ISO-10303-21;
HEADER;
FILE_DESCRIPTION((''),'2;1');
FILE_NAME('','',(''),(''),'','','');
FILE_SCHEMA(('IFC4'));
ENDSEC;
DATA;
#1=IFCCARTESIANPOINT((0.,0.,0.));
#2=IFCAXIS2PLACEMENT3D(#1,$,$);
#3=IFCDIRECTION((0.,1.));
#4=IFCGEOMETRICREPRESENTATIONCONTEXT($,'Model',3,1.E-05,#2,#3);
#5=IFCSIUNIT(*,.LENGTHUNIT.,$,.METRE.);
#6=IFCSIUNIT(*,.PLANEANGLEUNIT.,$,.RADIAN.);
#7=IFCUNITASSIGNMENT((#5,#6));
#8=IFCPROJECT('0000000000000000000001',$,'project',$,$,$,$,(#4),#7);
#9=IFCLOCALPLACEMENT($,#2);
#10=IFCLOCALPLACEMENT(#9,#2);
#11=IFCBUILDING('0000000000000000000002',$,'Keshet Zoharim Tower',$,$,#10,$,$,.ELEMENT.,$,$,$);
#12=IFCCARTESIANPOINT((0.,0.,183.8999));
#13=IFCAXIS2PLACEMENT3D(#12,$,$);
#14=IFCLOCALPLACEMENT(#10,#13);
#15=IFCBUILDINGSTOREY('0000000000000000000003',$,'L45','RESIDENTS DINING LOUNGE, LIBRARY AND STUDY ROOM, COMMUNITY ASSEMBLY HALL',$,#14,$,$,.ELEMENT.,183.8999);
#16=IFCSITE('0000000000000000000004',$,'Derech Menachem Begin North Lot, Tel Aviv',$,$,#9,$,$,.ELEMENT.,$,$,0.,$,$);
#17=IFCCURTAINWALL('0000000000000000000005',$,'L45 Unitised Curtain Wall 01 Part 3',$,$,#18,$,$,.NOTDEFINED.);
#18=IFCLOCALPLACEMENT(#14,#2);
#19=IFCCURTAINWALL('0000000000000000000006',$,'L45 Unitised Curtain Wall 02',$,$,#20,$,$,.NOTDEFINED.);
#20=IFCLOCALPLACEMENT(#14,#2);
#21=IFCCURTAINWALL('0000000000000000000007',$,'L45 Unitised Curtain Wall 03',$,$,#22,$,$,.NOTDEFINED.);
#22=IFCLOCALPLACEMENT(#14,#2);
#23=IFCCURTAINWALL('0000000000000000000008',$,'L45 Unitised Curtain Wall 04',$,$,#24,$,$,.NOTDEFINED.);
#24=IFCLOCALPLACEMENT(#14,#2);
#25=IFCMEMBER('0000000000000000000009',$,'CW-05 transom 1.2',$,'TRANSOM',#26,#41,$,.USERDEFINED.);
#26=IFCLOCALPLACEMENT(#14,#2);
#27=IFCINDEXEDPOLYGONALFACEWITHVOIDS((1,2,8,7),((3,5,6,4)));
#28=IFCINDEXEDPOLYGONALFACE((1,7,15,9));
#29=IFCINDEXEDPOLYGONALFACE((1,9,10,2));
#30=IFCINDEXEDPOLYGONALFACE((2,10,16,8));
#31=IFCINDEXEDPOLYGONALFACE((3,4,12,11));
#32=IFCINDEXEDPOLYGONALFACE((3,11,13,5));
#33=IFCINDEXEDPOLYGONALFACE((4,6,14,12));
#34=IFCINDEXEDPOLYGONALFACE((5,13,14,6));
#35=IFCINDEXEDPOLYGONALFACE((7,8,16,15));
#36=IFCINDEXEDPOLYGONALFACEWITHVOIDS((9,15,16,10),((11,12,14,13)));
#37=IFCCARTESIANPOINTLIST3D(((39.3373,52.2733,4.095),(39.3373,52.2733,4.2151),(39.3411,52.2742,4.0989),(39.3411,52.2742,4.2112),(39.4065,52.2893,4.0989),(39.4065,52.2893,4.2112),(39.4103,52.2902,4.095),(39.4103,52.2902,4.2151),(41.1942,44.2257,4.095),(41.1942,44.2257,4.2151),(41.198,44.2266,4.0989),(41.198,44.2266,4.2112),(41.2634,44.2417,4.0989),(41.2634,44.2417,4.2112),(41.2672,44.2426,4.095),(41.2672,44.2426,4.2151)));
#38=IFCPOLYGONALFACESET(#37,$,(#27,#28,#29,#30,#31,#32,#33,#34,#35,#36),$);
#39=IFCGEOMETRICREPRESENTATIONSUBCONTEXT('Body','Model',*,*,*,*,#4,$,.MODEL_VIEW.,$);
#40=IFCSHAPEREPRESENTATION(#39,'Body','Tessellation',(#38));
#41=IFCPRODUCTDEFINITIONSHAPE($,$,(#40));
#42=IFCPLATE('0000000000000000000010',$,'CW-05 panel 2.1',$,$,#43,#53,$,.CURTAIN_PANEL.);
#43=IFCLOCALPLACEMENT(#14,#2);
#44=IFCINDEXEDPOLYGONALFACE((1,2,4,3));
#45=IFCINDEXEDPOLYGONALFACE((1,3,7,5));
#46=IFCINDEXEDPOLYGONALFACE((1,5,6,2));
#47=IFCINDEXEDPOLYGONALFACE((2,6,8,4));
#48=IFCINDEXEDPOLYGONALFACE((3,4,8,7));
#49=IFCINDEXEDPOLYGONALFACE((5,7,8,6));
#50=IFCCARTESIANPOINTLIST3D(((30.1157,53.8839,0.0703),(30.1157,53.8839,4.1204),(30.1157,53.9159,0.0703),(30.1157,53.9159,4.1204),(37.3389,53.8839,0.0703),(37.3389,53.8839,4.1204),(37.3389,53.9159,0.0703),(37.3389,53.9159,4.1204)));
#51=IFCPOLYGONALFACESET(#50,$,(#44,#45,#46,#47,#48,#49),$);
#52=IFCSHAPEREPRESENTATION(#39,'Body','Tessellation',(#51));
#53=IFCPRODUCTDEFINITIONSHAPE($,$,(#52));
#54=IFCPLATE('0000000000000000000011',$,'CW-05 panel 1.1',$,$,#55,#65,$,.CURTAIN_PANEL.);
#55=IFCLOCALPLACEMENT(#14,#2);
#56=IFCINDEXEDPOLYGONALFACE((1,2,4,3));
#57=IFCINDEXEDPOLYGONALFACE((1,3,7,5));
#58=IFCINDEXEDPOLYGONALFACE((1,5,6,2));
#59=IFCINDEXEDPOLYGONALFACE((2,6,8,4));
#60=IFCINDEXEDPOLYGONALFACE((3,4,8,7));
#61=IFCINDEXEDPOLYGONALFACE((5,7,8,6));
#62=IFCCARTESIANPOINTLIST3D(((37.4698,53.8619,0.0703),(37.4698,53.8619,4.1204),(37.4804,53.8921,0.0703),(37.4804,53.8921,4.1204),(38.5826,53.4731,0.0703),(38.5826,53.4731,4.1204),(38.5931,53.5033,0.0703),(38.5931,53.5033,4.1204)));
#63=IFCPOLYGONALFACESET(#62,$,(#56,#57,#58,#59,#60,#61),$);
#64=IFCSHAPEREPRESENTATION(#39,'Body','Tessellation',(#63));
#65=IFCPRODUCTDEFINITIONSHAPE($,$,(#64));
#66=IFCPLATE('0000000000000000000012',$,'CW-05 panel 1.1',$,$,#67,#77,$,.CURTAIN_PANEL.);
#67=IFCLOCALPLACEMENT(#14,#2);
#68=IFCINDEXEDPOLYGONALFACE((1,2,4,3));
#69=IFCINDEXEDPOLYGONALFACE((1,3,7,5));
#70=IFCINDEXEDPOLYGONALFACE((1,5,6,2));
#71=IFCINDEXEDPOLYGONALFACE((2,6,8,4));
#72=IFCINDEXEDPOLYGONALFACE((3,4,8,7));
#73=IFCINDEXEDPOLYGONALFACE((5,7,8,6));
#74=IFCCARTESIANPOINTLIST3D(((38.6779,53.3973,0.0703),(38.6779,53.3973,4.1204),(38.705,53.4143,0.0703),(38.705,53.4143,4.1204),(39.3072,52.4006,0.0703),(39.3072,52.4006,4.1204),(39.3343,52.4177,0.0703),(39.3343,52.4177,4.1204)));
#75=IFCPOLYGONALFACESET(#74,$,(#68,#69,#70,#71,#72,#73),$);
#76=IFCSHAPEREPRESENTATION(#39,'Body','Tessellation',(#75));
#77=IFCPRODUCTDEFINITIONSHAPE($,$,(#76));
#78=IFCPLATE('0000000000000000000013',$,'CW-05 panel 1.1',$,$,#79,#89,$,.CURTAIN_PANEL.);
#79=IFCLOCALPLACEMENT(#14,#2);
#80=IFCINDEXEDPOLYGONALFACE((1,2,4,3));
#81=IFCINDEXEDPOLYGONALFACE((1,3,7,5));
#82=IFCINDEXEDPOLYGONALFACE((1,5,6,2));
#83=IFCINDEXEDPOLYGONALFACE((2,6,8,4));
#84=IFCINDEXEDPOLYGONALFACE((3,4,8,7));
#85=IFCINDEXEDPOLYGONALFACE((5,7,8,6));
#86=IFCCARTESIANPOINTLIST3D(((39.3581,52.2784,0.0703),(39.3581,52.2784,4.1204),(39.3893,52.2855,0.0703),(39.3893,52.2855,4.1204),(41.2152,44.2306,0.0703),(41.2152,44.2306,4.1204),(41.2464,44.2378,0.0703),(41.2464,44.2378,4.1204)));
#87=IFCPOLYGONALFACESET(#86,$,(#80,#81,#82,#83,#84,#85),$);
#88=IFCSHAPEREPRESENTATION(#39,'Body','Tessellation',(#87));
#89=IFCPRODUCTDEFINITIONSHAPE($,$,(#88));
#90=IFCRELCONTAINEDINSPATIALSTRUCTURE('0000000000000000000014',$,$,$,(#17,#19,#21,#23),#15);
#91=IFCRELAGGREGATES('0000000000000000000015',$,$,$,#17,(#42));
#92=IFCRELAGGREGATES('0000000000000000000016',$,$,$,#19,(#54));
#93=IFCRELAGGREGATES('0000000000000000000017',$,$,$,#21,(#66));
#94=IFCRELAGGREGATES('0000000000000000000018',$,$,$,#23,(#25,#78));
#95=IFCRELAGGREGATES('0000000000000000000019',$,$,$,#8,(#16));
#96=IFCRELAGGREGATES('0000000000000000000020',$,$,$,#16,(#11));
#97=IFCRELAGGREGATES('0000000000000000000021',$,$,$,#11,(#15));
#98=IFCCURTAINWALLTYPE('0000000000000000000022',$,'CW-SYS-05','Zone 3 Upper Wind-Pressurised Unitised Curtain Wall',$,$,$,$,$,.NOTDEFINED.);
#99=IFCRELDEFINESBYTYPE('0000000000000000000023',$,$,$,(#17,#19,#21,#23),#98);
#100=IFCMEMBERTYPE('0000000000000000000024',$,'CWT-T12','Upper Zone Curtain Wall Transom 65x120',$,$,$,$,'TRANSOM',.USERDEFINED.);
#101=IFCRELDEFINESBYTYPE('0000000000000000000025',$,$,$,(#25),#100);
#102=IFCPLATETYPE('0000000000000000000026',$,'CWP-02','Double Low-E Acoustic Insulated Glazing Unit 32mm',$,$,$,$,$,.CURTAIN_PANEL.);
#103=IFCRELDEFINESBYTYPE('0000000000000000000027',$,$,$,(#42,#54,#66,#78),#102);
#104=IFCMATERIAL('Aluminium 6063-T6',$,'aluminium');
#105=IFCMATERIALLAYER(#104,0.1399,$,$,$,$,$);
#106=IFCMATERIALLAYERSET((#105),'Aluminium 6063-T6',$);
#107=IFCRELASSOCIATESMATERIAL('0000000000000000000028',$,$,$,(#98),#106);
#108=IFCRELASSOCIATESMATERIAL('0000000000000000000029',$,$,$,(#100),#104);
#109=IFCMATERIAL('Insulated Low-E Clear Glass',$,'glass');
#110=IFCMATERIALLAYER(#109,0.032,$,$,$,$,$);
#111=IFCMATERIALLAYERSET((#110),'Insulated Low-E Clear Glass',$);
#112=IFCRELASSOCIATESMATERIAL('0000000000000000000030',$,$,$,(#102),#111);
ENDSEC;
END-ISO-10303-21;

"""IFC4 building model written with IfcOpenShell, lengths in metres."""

from ifc_helpers import new_model, si_unit, direction, frame, origin, origin_2d, place, context, subcontext, project, spatial, rectangle, hollow_rectangle, extrude, material, layer, layer_set, material_profile, profile_set, type_object, element, aggregate, save


model = new_model("IFC4")

# Units and contexts
model_context = context("Model", 3, precision=1e-05, world=origin(), true_north=direction((0.0, 1.0)))
body_context = subcontext(model_context, "Body", "Model", "MODEL_VIEW")
ifc_project = project(units=[si_unit("LENGTHUNIT", "METRE"), si_unit("PLANEANGLEUNIT", "RADIAN")], contexts=[model_context])

# Site, building, storey
site_placement = place(None, origin())
site = spatial("IfcSite", under=ifc_project, at=site_placement, Name="Derech Menachem Begin North Lot, Tel Aviv", CompositionType="ELEMENT", RefElevation=0.0)
building_placement = place(site_placement, origin())
building = spatial("IfcBuilding", under=site, at=building_placement, Name="Keshet Zoharim Tower", CompositionType="ELEMENT")
storey_placement = place(building_placement, frame((0.0, 0.0, 183.8999)))
storey = spatial("IfcBuildingStorey", under=building, at=storey_placement, Name="L45", Description="RESIDENTS DINING LOUNGE, LIBRARY AND STUDY ROOM, COMMUNITY ASSEMBLY HALL", CompositionType="ELEMENT", Elevation=183.8999)

# Curtain walls
ifc_material_1 = material(Name="Aluminium 6063-T6", Category="aluminium")
ifc_layer_1 = layer(ifc_material_1, 0.1399)
ifc_layer_set_1 = layer_set([ifc_layer_1], Name="Aluminium 6063-T6")
curtain_wall_type = type_object("IfcCurtainWallType", Name="CW-SYS-05", Description="Zone 3 Upper Wind-Pressurised Unitised Curtain Wall", PredefinedType="NOTDEFINED", material=ifc_layer_set_1)
curtain_wall_1_placement = place(storey_placement, origin())
curtain_wall_1 = element("IfcCurtainWall", 1, at=curtain_wall_1_placement, inside=storey, type_object=curtain_wall_type, Name="L45 Unitised Curtain Wall 01 Part 3", PredefinedType="NOTDEFINED")
curtain_wall_2_placement = place(storey_placement, origin())
curtain_wall_2 = element("IfcCurtainWall", 2, at=curtain_wall_2_placement, inside=storey, type_object=curtain_wall_type, Name="L45 Unitised Curtain Wall 02", PredefinedType="NOTDEFINED")
curtain_wall_3_placement = place(storey_placement, origin())
curtain_wall_3 = element("IfcCurtainWall", 3, at=curtain_wall_3_placement, inside=storey, type_object=curtain_wall_type, Name="L45 Unitised Curtain Wall 03", PredefinedType="NOTDEFINED")

# Curtain wall
curtain_wall_4_placement = place(storey_placement, origin())
curtain_wall_4 = element("IfcCurtainWall", 4, at=curtain_wall_4_placement, inside=storey, type_object=curtain_wall_type, Name="L45 Unitised Curtain Wall 04", PredefinedType="NOTDEFINED")

# Member
ifc_material_profile_1 = material_profile(ifc_material_1, hollow_rectangle(XDim=0.075, YDim=0.1201, WallThickness=0.0039, at=origin_2d()), Name="TRN-75x120")
ifc_profile_set_1 = profile_set([ifc_material_profile_1], Name="Aluminium 6063-T6")
member_type_1 = type_object("IfcMemberType", Name="CWT-T12", Description="Upper Zone Curtain Wall Transom 65x120", ElementType="TRANSOM", PredefinedType="USERDEFINED", material=ifc_profile_set_1)
member_1_placement = place(storey_placement, frame((39.3738, 52.2817, 4.155), z_axis=(0.224836, -0.974397, 0.0), x_axis=(0.974397, 0.224836, 0.0)))
member_1 = element("IfcMember", 5, at=member_1_placement, type_object=member_type_1, Name="CW-05 transom 1.2", ObjectType="TRANSOM", PredefinedType="USERDEFINED", context=body_context, shape_type="SweptSolid", body=[
    extrude(hollow_rectangle(XDim=0.075, YDim=0.1201, WallThickness=0.0039, at=origin_2d()), origin(), (0.0, 0.0, 1.0), 8.259),
])

# Plates
ifc_material_2 = material(Name="Insulated Low-E Clear Glass", Category="glass")
ifc_layer_2 = layer(ifc_material_2, 0.032)
ifc_layer_set_2 = layer_set([ifc_layer_2], Name="Insulated Low-E Clear Glass")
plate_type = type_object("IfcPlateType", Name="CWP-02", Description="Double Low-E Acoustic Insulated Glazing Unit 32mm", PredefinedType="CURTAIN_PANEL", material=ifc_layer_set_2)
plate_1_placement = place(storey_placement, frame((33.7273, 53.8999, 0.0703), z_axis=(0.0, 0.0, 1.0), x_axis=(1.0, 0.0, 0.0)))
plate_1 = element("IfcPlate", 6, at=plate_1_placement, type_object=plate_type, Name="CW-05 panel 2.1", PredefinedType="CURTAIN_PANEL", context=body_context, shape_type="SweptSolid", body=[
    extrude(rectangle(XDim=7.2231, YDim=0.032, at=origin_2d()), origin(), (0.0, 0.0, 1.0), 4.05),
])
aggregate(curtain_wall_1, [plate_1])
plate_2_placement = place(storey_placement, frame((38.0315, 53.6826, 0.0703), z_axis=(0.0, 0.0, 1.0), x_axis=(0.944036, -0.329844, 0.0)))
plate_2 = element("IfcPlate", 7, at=plate_2_placement, type_object=plate_type, Name="CW-05 panel 1.1", PredefinedType="CURTAIN_PANEL", context=body_context, shape_type="SweptSolid", body=[
    extrude(rectangle(XDim=1.1787, YDim=0.032, at=origin_2d()), origin(), (0.0, 0.0, 1.0), 4.05),
])
aggregate(curtain_wall_2, [plate_2])
plate_3_placement = place(storey_placement, frame((39.0061, 52.9075, 0.0703), z_axis=(0.0, 0.0, 1.0), x_axis=(0.533879, -0.845561, 0.0)))
plate_3 = element("IfcPlate", 8, at=plate_3_placement, type_object=plate_type, Name="CW-05 panel 1.1", PredefinedType="CURTAIN_PANEL", context=body_context, shape_type="SweptSolid", body=[
    extrude(rectangle(XDim=1.1787, YDim=0.032, at=origin_2d()), origin(), (0.0, 0.0, 1.0), 4.05),
])
aggregate(curtain_wall_3, [plate_3])
plate_4_placement = place(storey_placement, frame((40.3022, 48.2581, 0.0703), z_axis=(0.0, 0.0, 1.0), x_axis=(0.224848, -0.974394, 0.0)))
plate_4 = element("IfcPlate", 9, at=plate_4_placement, type_object=plate_type, Name="CW-05 panel 1.1", PredefinedType="CURTAIN_PANEL", context=body_context, shape_type="SweptSolid", body=[
    extrude(rectangle(XDim=8.2593, YDim=0.032, at=origin_2d()), origin(), (0.0, 0.0, 1.0), 4.05),
])
aggregate(curtain_wall_4, [member_1, plate_4])

save(model, "model.ifc")
